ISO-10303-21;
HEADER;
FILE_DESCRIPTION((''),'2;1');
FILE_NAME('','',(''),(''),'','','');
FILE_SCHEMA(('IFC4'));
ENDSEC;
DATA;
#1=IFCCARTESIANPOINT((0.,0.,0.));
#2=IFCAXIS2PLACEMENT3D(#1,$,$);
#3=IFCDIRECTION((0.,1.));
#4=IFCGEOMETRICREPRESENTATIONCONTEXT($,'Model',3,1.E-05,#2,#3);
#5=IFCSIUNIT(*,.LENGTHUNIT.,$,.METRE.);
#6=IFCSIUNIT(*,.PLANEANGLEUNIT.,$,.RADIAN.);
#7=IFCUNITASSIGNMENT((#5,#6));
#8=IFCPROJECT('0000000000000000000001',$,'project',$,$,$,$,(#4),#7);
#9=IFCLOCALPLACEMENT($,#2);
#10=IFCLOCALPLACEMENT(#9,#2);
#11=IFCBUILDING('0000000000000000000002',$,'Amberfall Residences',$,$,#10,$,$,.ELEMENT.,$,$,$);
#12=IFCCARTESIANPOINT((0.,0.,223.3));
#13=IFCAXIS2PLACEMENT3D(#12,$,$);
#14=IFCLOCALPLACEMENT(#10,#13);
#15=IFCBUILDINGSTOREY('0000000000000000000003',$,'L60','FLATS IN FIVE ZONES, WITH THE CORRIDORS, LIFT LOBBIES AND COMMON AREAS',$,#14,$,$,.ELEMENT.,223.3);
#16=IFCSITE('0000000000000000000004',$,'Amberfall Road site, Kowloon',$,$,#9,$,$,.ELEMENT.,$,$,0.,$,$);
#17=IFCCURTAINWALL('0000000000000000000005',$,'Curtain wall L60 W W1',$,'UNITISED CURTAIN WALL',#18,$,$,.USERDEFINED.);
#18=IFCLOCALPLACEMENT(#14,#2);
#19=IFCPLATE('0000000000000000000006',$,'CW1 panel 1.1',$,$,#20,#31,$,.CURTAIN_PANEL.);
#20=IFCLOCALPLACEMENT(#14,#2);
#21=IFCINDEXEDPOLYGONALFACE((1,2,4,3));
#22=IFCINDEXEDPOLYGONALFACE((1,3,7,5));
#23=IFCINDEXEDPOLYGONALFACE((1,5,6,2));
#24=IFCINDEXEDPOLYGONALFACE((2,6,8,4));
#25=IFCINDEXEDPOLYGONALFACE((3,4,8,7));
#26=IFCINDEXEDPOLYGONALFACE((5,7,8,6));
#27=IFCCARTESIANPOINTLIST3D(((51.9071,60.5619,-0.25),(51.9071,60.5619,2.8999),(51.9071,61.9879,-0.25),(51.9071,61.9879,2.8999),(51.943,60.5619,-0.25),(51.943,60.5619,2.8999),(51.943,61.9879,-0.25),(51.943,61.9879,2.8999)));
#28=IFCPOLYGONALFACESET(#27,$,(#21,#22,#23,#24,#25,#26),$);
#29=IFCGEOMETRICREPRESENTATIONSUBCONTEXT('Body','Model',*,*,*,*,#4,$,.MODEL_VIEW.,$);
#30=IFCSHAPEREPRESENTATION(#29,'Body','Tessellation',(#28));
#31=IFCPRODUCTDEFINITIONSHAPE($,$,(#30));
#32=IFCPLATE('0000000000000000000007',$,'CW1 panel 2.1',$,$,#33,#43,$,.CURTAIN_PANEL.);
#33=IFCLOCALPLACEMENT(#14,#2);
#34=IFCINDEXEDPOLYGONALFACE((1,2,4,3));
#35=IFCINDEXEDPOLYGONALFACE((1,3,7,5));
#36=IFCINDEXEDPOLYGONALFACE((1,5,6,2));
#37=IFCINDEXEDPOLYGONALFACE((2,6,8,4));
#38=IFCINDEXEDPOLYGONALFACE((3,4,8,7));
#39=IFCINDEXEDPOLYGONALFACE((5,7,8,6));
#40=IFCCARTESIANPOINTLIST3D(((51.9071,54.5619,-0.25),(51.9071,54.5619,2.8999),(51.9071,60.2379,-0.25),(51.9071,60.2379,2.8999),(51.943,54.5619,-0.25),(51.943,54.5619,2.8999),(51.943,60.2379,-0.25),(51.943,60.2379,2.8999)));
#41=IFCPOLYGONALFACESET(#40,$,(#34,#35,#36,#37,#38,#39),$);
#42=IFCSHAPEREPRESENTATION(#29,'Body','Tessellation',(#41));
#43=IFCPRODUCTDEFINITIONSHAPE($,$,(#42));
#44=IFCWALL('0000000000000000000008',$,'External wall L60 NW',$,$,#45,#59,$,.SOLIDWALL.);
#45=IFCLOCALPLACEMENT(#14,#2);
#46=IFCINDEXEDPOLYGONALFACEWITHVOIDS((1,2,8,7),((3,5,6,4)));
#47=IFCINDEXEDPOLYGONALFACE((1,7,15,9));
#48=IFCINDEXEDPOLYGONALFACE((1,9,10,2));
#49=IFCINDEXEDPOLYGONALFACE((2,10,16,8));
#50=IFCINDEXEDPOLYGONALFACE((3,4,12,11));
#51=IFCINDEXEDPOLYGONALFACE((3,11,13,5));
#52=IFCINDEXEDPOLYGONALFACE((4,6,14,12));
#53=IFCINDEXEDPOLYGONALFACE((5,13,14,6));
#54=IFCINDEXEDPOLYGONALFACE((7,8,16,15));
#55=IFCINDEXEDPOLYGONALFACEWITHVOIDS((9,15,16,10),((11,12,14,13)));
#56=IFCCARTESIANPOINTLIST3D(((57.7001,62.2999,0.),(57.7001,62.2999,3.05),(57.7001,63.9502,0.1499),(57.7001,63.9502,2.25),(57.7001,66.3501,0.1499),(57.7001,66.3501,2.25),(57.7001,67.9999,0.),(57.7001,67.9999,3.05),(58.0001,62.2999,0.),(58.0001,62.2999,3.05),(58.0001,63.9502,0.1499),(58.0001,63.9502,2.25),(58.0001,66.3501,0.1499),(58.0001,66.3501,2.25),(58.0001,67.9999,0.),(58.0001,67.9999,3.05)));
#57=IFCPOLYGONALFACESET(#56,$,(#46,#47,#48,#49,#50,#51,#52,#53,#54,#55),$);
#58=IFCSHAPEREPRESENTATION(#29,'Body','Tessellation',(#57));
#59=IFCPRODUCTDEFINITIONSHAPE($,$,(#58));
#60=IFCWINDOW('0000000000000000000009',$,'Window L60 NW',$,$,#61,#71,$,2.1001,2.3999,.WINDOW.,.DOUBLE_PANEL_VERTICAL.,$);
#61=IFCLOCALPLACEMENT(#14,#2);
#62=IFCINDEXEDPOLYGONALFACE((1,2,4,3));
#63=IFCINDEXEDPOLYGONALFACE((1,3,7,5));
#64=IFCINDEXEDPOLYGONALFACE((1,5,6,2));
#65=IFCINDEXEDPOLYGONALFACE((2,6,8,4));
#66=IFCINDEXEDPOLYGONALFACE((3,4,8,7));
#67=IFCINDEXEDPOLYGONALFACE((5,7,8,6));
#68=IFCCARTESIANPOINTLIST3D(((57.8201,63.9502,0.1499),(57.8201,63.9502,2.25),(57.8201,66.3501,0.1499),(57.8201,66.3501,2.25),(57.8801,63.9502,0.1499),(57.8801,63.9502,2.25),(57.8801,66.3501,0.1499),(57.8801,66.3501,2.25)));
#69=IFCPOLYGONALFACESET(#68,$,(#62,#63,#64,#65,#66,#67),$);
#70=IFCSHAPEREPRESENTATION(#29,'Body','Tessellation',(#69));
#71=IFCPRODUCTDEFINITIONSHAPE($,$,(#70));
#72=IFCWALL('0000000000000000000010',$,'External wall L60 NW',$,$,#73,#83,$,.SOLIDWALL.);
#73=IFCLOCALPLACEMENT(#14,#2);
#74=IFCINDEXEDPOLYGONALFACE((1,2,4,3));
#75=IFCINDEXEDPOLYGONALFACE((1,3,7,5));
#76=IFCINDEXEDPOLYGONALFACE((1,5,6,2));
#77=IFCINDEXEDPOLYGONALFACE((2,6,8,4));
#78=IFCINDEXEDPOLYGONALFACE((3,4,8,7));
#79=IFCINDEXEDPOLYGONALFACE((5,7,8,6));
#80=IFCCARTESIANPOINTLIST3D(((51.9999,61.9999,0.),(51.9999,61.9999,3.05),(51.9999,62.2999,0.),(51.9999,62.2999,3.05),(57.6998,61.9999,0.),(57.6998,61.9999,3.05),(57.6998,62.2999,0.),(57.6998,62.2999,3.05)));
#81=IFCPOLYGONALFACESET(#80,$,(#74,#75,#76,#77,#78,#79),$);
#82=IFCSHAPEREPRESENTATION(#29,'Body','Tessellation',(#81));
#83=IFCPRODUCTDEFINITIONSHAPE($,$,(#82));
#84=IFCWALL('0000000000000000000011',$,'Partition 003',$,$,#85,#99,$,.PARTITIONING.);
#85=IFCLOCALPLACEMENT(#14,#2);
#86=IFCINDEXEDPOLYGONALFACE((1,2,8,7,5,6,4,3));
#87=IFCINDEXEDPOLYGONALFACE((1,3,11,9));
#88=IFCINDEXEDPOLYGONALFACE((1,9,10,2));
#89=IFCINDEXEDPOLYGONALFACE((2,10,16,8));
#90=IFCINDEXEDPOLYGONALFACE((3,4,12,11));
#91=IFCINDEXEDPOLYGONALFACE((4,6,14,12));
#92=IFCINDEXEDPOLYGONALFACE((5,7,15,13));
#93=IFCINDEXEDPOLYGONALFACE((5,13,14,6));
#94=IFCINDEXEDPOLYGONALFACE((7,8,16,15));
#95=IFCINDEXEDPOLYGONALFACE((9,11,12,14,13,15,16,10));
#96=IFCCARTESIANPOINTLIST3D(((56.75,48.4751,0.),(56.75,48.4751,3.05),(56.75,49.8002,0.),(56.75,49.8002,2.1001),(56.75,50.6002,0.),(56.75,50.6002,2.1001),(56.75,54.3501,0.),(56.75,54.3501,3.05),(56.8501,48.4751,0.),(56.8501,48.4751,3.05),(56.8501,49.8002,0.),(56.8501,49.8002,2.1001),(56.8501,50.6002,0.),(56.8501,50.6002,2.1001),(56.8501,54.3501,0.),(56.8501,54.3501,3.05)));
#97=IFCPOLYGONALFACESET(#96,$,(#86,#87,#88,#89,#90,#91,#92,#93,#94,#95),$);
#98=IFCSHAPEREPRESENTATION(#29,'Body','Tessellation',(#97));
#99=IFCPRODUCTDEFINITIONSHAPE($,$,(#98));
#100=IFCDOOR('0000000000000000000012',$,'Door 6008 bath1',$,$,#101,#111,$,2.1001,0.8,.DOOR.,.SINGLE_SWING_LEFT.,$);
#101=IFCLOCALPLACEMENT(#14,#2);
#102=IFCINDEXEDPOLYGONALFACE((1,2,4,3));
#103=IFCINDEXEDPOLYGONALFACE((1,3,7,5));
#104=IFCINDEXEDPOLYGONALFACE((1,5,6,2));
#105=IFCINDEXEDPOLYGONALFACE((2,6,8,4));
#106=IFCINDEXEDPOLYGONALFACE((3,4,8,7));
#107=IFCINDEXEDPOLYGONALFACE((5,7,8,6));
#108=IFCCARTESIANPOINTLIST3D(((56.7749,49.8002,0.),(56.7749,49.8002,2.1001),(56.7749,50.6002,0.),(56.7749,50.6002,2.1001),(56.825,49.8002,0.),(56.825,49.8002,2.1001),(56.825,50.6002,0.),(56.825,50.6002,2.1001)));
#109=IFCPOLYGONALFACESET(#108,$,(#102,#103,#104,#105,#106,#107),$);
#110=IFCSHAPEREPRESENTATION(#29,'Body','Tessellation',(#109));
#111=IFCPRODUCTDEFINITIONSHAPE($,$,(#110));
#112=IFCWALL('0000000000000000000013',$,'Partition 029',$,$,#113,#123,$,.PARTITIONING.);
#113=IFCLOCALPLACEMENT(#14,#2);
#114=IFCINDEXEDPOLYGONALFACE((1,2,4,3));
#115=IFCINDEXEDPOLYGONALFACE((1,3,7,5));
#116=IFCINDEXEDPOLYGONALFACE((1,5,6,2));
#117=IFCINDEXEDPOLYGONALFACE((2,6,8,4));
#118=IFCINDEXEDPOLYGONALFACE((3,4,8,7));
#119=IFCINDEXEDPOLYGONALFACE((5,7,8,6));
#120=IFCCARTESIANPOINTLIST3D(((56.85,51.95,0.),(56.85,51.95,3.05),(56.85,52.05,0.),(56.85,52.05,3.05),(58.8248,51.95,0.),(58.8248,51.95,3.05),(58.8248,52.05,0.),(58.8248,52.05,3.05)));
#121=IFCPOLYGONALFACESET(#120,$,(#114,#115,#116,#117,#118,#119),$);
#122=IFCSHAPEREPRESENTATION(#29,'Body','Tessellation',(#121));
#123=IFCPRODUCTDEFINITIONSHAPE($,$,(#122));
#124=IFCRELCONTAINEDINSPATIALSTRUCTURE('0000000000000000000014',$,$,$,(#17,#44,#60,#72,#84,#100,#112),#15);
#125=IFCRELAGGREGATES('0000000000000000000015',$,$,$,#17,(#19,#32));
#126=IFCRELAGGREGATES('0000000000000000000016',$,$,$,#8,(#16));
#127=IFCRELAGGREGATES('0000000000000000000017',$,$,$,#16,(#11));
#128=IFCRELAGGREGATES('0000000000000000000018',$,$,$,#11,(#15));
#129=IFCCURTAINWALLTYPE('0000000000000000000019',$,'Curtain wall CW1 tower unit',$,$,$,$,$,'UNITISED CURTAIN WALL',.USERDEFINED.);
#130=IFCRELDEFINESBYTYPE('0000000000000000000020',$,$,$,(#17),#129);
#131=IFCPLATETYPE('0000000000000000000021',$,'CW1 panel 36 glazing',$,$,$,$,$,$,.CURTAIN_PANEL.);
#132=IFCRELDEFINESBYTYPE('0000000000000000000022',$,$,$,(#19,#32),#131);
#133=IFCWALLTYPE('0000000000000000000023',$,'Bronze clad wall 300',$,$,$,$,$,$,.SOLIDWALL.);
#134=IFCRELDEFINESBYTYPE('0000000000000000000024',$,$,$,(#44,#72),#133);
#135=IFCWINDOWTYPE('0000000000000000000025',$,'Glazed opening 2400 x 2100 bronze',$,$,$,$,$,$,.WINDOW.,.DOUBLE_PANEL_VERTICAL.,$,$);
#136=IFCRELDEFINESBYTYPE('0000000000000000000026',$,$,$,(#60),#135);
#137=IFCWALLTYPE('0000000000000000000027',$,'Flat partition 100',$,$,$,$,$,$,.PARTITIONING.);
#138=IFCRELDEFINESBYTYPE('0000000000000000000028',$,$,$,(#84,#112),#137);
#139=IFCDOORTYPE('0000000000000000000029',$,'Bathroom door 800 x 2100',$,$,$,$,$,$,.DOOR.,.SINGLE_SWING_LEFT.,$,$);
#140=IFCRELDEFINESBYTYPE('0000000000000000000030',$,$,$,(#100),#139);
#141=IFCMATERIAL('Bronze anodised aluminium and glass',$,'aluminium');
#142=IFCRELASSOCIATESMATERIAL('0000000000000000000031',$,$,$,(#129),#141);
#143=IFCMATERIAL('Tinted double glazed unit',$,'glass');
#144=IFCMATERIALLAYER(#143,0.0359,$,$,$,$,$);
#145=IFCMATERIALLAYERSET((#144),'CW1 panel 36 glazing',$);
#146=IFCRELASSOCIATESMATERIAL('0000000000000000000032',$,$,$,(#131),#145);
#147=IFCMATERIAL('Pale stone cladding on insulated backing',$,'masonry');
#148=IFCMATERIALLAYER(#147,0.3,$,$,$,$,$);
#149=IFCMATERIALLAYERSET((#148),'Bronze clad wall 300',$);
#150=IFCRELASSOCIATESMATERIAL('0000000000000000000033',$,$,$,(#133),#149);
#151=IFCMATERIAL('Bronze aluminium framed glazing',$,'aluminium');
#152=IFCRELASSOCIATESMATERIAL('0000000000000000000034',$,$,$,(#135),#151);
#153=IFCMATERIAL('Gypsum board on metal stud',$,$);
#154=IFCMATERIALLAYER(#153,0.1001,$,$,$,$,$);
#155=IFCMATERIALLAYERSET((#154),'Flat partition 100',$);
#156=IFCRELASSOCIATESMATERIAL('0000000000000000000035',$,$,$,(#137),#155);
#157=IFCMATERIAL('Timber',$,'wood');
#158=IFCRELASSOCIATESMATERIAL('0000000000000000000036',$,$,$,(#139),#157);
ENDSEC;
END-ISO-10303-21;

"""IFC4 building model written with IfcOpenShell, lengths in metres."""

from ifc_helpers import new_model, si_unit, direction, frame, frame_2d, origin, origin_2d, place, context, subcontext, project, spatial, rectangle, extrude, material, layer, layer_set, type_object, element, fill, aggregate, save


model = new_model("IFC4")

# Units and contexts
model_context = context("Model", 3, precision=1e-05, world=origin(), true_north=direction((0.0, 1.0)))
body_context = subcontext(model_context, "Body", "Model", "MODEL_VIEW")
ifc_project = project(units=[si_unit("LENGTHUNIT", "METRE"), si_unit("PLANEANGLEUNIT", "RADIAN")], contexts=[model_context])

# Site, building, storey
site_placement = place(None, origin())
site = spatial("IfcSite", under=ifc_project, at=site_placement, Name="Amberfall Road site, Kowloon", CompositionType="ELEMENT", RefElevation=0.0)
building_placement = place(site_placement, origin())
building = spatial("IfcBuilding", under=site, at=building_placement, Name="Amberfall Residences", CompositionType="ELEMENT")
storey_placement = place(building_placement, frame((0.0, 0.0, 223.3)))
storey = spatial("IfcBuildingStorey", under=building, at=storey_placement, Name="L60", Description="FLATS IN FIVE ZONES, WITH THE CORRIDORS, LIFT LOBBIES AND COMMON AREAS", CompositionType="ELEMENT", Elevation=223.3)

# Curtain wall
ifc_material_1 = material(Name="Bronze anodised aluminium and glass", Category="aluminium")
curtain_wall_type = type_object("IfcCurtainWallType", Name="Curtain wall CW1 tower unit", ElementType="UNITISED CURTAIN WALL", PredefinedType="USERDEFINED", material=ifc_material_1)
curtain_wall_1_placement = place(storey_placement, origin())
curtain_wall_1 = element("IfcCurtainWall", 1, at=curtain_wall_1_placement, inside=storey, type_object=curtain_wall_type, Name="Curtain wall L60 W W1", ObjectType="UNITISED CURTAIN WALL", PredefinedType="USERDEFINED")

# Plates
ifc_material_2 = material(Name="Tinted double glazed unit", Category="glass")
ifc_layer_1 = layer(ifc_material_2, 0.0359)
ifc_layer_set_1 = layer_set([ifc_layer_1], Name="CW1 panel 36 glazing")
plate_type = type_object("IfcPlateType", Name="CW1 panel 36 glazing", PredefinedType="CURTAIN_PANEL", material=ifc_layer_set_1)
plate_1_placement = place(storey_placement, frame((51.925, 61.2749, -0.25), z_axis=(0.0, 0.0, 1.0), x_axis=(0.0, -1.0, 0.0)))
plate_1 = element("IfcPlate", 2, at=plate_1_placement, type_object=plate_type, Name="CW1 panel 1.1", PredefinedType="CURTAIN_PANEL", context=body_context, shape_type="SweptSolid", body=[
    extrude(rectangle(XDim=1.426, YDim=0.0359, at=origin_2d()), origin(), (0.0, 0.0, 1.0), 3.1499),
])
plate_2_placement = place(storey_placement, frame((51.925, 57.3999, -0.25), z_axis=(0.0, 0.0, 1.0), x_axis=(0.0, -1.0, 0.0)))
plate_2 = element("IfcPlate", 3, at=plate_2_placement, type_object=plate_type, Name="CW1 panel 2.1", PredefinedType="CURTAIN_PANEL", context=body_context, shape_type="SweptSolid", body=[
    extrude(rectangle(XDim=5.676, YDim=0.0359, at=origin_2d()), origin(), (0.0, 0.0, 1.0), 3.1499),
])
aggregate(curtain_wall_1, [plate_1, plate_2])

# Wall, opening, window
ifc_material_3 = material(Name="Pale stone cladding on insulated backing", Category="masonry")
ifc_layer_2 = layer(ifc_material_3, 0.3)
ifc_layer_set_2 = layer_set([ifc_layer_2], Name="Bronze clad wall 300")
wall_type_1 = type_object("IfcWallType", Name="Bronze clad wall 300", PredefinedType="SOLIDWALL", material=ifc_layer_set_2)
wall_1_placement = place(storey_placement, frame((57.8501, 68.0, 0.0), z_axis=(0.0, 0.0, 1.0), x_axis=(0.0, -1.0, 0.0)))
wall_1 = element("IfcWall", 4, at=wall_1_placement, inside=storey, type_object=wall_type_1, Name="External wall L60 NW", PredefinedType="SOLIDWALL", context=body_context, shape_type="SweptSolid", body=[
    extrude(rectangle(XDim=5.7, YDim=0.3, at=frame_2d((2.8501, 0.0))), origin(), (0.0, 0.0, 1.0), 3.05),
])
opening_1_placement = place(wall_1_placement, frame((1.6499, 0.0, 0.1499)))
opening_1 = element("IfcOpeningElement", 5, at=opening_1_placement, cuts=wall_1, PredefinedType="OPENING", context=body_context, shape_type="SweptSolid", body=[
    extrude(rectangle(XDim=2.3999, YDim=2.1001, at=frame_2d((1.2, 1.05))), frame((0.0, 0.1599, 0.0), z_axis=(0.0, -1.0, 0.0), x_axis=(1.0, 0.0, 0.0)), (0.0, 0.0, 1.0), 0.3201),
])
ifc_material_4 = material(Name="Bronze aluminium framed glazing", Category="aluminium")
window_type = type_object("IfcWindowType", Name="Glazed opening 2400 x 2100 bronze", PartitioningType="DOUBLE_PANEL_VERTICAL", PredefinedType="WINDOW", material=ifc_material_4)
window_placement = place(opening_1_placement, origin())
window = element("IfcWindow", 6, at=window_placement, inside=storey, type_object=window_type, Name="Window L60 NW", OverallHeight=2.1001, OverallWidth=2.3999, PartitioningType="DOUBLE_PANEL_VERTICAL", PredefinedType="WINDOW", context=body_context, shape_type="SweptSolid", body=[
    extrude(rectangle(XDim=2.3999, YDim=2.1001, at=frame_2d((1.2, 1.05))), frame((0.0, 0.03, 0.0), z_axis=(0.0, -1.0, 0.0), x_axis=(1.0, 0.0, 0.0)), (0.0, 0.0, 1.0), 0.0601),
])
fill(opening_1, window)

# Wall
wall_2_placement = place(storey_placement, frame((57.7, 62.1499, 0.0), z_axis=(0.0, 0.0, 1.0), x_axis=(-1.0, 0.0, 0.0)))
element("IfcWall", 7, at=wall_2_placement, inside=storey, type_object=wall_type_1, Name="External wall L60 NW", PredefinedType="SOLIDWALL", context=body_context, shape_type="SweptSolid", body=[
    extrude(rectangle(XDim=5.7, YDim=0.3, at=frame_2d((2.8501, 0.0))), origin(), (0.0, 0.0, 1.0), 3.05),
])

# Wall, opening, door
ifc_material_5 = material(Name="Gypsum board on metal stud")
ifc_layer_3 = layer(ifc_material_5, 0.1001)
ifc_layer_set_3 = layer_set([ifc_layer_3], Name="Flat partition 100")
wall_type_2 = type_object("IfcWallType", Name="Flat partition 100", PredefinedType="PARTITIONING", material=ifc_layer_set_3)
wall_3_placement = place(storey_placement, frame((56.8, 54.3501, 0.0), z_axis=(0.0, 0.0, 1.0), x_axis=(0.0, -1.0, 0.0)))
wall_3 = element("IfcWall", 8, at=wall_3_placement, inside=storey, type_object=wall_type_2, Name="Partition 003", PredefinedType="PARTITIONING", context=body_context, shape_type="SweptSolid", body=[
    extrude(rectangle(XDim=5.875, YDim=0.1001, at=frame_2d((2.9375, 0.0))), origin(), (0.0, 0.0, 1.0), 3.05),
])
opening_2_placement = place(wall_3_placement, frame((3.75, 0.0, 0.0)))
opening_2 = element("IfcOpeningElement", 9, at=opening_2_placement, cuts=wall_3, PredefinedType="OPENING", context=body_context, shape_type="SweptSolid", body=[
    extrude(rectangle(XDim=0.8, YDim=2.1001, at=frame_2d((0.3999, 1.05))), frame((0.0, 0.0601, 0.0), z_axis=(0.0, -1.0, 0.0), x_axis=(1.0, 0.0, 0.0)), (0.0, 0.0, 1.0), 0.1201),
])
ifc_material_6 = material(Name="Timber", Category="wood")
door_type = type_object("IfcDoorType", Name="Bathroom door 800 x 2100", OperationType="SINGLE_SWING_LEFT", PredefinedType="DOOR", material=ifc_material_6)
door_placement = place(opening_2_placement, origin())
door = element("IfcDoor", 10, at=door_placement, inside=storey, type_object=door_type, Name="Door 6008 bath1", OperationType="SINGLE_SWING_LEFT", OverallHeight=2.1001, OverallWidth=0.8, PredefinedType="DOOR", context=body_context, shape_type="SweptSolid", body=[
    extrude(rectangle(XDim=0.8, YDim=2.1001, at=frame_2d((0.3999, 1.05))), frame((0.0, 0.0249, 0.0), z_axis=(0.0, -1.0, 0.0), x_axis=(1.0, 0.0, 0.0)), (0.0, 0.0, 1.0), 0.05),
])
fill(opening_2, door)

# Wall
wall_4_placement = place(storey_placement, frame((56.8501, 52.0, 0.0), z_axis=(0.0, 0.0, 1.0), x_axis=(1.0, 0.0, 0.0)))
element("IfcWall", 11, at=wall_4_placement, inside=storey, type_object=wall_type_2, Name="Partition 029", PredefinedType="PARTITIONING", context=body_context, shape_type="SweptSolid", body=[
    extrude(rectangle(XDim=1.9749, YDim=0.1001, at=frame_2d((0.9873, 0.0))), origin(), (0.0, 0.0, 1.0), 3.05),
])

save(model, "model.ifc")
